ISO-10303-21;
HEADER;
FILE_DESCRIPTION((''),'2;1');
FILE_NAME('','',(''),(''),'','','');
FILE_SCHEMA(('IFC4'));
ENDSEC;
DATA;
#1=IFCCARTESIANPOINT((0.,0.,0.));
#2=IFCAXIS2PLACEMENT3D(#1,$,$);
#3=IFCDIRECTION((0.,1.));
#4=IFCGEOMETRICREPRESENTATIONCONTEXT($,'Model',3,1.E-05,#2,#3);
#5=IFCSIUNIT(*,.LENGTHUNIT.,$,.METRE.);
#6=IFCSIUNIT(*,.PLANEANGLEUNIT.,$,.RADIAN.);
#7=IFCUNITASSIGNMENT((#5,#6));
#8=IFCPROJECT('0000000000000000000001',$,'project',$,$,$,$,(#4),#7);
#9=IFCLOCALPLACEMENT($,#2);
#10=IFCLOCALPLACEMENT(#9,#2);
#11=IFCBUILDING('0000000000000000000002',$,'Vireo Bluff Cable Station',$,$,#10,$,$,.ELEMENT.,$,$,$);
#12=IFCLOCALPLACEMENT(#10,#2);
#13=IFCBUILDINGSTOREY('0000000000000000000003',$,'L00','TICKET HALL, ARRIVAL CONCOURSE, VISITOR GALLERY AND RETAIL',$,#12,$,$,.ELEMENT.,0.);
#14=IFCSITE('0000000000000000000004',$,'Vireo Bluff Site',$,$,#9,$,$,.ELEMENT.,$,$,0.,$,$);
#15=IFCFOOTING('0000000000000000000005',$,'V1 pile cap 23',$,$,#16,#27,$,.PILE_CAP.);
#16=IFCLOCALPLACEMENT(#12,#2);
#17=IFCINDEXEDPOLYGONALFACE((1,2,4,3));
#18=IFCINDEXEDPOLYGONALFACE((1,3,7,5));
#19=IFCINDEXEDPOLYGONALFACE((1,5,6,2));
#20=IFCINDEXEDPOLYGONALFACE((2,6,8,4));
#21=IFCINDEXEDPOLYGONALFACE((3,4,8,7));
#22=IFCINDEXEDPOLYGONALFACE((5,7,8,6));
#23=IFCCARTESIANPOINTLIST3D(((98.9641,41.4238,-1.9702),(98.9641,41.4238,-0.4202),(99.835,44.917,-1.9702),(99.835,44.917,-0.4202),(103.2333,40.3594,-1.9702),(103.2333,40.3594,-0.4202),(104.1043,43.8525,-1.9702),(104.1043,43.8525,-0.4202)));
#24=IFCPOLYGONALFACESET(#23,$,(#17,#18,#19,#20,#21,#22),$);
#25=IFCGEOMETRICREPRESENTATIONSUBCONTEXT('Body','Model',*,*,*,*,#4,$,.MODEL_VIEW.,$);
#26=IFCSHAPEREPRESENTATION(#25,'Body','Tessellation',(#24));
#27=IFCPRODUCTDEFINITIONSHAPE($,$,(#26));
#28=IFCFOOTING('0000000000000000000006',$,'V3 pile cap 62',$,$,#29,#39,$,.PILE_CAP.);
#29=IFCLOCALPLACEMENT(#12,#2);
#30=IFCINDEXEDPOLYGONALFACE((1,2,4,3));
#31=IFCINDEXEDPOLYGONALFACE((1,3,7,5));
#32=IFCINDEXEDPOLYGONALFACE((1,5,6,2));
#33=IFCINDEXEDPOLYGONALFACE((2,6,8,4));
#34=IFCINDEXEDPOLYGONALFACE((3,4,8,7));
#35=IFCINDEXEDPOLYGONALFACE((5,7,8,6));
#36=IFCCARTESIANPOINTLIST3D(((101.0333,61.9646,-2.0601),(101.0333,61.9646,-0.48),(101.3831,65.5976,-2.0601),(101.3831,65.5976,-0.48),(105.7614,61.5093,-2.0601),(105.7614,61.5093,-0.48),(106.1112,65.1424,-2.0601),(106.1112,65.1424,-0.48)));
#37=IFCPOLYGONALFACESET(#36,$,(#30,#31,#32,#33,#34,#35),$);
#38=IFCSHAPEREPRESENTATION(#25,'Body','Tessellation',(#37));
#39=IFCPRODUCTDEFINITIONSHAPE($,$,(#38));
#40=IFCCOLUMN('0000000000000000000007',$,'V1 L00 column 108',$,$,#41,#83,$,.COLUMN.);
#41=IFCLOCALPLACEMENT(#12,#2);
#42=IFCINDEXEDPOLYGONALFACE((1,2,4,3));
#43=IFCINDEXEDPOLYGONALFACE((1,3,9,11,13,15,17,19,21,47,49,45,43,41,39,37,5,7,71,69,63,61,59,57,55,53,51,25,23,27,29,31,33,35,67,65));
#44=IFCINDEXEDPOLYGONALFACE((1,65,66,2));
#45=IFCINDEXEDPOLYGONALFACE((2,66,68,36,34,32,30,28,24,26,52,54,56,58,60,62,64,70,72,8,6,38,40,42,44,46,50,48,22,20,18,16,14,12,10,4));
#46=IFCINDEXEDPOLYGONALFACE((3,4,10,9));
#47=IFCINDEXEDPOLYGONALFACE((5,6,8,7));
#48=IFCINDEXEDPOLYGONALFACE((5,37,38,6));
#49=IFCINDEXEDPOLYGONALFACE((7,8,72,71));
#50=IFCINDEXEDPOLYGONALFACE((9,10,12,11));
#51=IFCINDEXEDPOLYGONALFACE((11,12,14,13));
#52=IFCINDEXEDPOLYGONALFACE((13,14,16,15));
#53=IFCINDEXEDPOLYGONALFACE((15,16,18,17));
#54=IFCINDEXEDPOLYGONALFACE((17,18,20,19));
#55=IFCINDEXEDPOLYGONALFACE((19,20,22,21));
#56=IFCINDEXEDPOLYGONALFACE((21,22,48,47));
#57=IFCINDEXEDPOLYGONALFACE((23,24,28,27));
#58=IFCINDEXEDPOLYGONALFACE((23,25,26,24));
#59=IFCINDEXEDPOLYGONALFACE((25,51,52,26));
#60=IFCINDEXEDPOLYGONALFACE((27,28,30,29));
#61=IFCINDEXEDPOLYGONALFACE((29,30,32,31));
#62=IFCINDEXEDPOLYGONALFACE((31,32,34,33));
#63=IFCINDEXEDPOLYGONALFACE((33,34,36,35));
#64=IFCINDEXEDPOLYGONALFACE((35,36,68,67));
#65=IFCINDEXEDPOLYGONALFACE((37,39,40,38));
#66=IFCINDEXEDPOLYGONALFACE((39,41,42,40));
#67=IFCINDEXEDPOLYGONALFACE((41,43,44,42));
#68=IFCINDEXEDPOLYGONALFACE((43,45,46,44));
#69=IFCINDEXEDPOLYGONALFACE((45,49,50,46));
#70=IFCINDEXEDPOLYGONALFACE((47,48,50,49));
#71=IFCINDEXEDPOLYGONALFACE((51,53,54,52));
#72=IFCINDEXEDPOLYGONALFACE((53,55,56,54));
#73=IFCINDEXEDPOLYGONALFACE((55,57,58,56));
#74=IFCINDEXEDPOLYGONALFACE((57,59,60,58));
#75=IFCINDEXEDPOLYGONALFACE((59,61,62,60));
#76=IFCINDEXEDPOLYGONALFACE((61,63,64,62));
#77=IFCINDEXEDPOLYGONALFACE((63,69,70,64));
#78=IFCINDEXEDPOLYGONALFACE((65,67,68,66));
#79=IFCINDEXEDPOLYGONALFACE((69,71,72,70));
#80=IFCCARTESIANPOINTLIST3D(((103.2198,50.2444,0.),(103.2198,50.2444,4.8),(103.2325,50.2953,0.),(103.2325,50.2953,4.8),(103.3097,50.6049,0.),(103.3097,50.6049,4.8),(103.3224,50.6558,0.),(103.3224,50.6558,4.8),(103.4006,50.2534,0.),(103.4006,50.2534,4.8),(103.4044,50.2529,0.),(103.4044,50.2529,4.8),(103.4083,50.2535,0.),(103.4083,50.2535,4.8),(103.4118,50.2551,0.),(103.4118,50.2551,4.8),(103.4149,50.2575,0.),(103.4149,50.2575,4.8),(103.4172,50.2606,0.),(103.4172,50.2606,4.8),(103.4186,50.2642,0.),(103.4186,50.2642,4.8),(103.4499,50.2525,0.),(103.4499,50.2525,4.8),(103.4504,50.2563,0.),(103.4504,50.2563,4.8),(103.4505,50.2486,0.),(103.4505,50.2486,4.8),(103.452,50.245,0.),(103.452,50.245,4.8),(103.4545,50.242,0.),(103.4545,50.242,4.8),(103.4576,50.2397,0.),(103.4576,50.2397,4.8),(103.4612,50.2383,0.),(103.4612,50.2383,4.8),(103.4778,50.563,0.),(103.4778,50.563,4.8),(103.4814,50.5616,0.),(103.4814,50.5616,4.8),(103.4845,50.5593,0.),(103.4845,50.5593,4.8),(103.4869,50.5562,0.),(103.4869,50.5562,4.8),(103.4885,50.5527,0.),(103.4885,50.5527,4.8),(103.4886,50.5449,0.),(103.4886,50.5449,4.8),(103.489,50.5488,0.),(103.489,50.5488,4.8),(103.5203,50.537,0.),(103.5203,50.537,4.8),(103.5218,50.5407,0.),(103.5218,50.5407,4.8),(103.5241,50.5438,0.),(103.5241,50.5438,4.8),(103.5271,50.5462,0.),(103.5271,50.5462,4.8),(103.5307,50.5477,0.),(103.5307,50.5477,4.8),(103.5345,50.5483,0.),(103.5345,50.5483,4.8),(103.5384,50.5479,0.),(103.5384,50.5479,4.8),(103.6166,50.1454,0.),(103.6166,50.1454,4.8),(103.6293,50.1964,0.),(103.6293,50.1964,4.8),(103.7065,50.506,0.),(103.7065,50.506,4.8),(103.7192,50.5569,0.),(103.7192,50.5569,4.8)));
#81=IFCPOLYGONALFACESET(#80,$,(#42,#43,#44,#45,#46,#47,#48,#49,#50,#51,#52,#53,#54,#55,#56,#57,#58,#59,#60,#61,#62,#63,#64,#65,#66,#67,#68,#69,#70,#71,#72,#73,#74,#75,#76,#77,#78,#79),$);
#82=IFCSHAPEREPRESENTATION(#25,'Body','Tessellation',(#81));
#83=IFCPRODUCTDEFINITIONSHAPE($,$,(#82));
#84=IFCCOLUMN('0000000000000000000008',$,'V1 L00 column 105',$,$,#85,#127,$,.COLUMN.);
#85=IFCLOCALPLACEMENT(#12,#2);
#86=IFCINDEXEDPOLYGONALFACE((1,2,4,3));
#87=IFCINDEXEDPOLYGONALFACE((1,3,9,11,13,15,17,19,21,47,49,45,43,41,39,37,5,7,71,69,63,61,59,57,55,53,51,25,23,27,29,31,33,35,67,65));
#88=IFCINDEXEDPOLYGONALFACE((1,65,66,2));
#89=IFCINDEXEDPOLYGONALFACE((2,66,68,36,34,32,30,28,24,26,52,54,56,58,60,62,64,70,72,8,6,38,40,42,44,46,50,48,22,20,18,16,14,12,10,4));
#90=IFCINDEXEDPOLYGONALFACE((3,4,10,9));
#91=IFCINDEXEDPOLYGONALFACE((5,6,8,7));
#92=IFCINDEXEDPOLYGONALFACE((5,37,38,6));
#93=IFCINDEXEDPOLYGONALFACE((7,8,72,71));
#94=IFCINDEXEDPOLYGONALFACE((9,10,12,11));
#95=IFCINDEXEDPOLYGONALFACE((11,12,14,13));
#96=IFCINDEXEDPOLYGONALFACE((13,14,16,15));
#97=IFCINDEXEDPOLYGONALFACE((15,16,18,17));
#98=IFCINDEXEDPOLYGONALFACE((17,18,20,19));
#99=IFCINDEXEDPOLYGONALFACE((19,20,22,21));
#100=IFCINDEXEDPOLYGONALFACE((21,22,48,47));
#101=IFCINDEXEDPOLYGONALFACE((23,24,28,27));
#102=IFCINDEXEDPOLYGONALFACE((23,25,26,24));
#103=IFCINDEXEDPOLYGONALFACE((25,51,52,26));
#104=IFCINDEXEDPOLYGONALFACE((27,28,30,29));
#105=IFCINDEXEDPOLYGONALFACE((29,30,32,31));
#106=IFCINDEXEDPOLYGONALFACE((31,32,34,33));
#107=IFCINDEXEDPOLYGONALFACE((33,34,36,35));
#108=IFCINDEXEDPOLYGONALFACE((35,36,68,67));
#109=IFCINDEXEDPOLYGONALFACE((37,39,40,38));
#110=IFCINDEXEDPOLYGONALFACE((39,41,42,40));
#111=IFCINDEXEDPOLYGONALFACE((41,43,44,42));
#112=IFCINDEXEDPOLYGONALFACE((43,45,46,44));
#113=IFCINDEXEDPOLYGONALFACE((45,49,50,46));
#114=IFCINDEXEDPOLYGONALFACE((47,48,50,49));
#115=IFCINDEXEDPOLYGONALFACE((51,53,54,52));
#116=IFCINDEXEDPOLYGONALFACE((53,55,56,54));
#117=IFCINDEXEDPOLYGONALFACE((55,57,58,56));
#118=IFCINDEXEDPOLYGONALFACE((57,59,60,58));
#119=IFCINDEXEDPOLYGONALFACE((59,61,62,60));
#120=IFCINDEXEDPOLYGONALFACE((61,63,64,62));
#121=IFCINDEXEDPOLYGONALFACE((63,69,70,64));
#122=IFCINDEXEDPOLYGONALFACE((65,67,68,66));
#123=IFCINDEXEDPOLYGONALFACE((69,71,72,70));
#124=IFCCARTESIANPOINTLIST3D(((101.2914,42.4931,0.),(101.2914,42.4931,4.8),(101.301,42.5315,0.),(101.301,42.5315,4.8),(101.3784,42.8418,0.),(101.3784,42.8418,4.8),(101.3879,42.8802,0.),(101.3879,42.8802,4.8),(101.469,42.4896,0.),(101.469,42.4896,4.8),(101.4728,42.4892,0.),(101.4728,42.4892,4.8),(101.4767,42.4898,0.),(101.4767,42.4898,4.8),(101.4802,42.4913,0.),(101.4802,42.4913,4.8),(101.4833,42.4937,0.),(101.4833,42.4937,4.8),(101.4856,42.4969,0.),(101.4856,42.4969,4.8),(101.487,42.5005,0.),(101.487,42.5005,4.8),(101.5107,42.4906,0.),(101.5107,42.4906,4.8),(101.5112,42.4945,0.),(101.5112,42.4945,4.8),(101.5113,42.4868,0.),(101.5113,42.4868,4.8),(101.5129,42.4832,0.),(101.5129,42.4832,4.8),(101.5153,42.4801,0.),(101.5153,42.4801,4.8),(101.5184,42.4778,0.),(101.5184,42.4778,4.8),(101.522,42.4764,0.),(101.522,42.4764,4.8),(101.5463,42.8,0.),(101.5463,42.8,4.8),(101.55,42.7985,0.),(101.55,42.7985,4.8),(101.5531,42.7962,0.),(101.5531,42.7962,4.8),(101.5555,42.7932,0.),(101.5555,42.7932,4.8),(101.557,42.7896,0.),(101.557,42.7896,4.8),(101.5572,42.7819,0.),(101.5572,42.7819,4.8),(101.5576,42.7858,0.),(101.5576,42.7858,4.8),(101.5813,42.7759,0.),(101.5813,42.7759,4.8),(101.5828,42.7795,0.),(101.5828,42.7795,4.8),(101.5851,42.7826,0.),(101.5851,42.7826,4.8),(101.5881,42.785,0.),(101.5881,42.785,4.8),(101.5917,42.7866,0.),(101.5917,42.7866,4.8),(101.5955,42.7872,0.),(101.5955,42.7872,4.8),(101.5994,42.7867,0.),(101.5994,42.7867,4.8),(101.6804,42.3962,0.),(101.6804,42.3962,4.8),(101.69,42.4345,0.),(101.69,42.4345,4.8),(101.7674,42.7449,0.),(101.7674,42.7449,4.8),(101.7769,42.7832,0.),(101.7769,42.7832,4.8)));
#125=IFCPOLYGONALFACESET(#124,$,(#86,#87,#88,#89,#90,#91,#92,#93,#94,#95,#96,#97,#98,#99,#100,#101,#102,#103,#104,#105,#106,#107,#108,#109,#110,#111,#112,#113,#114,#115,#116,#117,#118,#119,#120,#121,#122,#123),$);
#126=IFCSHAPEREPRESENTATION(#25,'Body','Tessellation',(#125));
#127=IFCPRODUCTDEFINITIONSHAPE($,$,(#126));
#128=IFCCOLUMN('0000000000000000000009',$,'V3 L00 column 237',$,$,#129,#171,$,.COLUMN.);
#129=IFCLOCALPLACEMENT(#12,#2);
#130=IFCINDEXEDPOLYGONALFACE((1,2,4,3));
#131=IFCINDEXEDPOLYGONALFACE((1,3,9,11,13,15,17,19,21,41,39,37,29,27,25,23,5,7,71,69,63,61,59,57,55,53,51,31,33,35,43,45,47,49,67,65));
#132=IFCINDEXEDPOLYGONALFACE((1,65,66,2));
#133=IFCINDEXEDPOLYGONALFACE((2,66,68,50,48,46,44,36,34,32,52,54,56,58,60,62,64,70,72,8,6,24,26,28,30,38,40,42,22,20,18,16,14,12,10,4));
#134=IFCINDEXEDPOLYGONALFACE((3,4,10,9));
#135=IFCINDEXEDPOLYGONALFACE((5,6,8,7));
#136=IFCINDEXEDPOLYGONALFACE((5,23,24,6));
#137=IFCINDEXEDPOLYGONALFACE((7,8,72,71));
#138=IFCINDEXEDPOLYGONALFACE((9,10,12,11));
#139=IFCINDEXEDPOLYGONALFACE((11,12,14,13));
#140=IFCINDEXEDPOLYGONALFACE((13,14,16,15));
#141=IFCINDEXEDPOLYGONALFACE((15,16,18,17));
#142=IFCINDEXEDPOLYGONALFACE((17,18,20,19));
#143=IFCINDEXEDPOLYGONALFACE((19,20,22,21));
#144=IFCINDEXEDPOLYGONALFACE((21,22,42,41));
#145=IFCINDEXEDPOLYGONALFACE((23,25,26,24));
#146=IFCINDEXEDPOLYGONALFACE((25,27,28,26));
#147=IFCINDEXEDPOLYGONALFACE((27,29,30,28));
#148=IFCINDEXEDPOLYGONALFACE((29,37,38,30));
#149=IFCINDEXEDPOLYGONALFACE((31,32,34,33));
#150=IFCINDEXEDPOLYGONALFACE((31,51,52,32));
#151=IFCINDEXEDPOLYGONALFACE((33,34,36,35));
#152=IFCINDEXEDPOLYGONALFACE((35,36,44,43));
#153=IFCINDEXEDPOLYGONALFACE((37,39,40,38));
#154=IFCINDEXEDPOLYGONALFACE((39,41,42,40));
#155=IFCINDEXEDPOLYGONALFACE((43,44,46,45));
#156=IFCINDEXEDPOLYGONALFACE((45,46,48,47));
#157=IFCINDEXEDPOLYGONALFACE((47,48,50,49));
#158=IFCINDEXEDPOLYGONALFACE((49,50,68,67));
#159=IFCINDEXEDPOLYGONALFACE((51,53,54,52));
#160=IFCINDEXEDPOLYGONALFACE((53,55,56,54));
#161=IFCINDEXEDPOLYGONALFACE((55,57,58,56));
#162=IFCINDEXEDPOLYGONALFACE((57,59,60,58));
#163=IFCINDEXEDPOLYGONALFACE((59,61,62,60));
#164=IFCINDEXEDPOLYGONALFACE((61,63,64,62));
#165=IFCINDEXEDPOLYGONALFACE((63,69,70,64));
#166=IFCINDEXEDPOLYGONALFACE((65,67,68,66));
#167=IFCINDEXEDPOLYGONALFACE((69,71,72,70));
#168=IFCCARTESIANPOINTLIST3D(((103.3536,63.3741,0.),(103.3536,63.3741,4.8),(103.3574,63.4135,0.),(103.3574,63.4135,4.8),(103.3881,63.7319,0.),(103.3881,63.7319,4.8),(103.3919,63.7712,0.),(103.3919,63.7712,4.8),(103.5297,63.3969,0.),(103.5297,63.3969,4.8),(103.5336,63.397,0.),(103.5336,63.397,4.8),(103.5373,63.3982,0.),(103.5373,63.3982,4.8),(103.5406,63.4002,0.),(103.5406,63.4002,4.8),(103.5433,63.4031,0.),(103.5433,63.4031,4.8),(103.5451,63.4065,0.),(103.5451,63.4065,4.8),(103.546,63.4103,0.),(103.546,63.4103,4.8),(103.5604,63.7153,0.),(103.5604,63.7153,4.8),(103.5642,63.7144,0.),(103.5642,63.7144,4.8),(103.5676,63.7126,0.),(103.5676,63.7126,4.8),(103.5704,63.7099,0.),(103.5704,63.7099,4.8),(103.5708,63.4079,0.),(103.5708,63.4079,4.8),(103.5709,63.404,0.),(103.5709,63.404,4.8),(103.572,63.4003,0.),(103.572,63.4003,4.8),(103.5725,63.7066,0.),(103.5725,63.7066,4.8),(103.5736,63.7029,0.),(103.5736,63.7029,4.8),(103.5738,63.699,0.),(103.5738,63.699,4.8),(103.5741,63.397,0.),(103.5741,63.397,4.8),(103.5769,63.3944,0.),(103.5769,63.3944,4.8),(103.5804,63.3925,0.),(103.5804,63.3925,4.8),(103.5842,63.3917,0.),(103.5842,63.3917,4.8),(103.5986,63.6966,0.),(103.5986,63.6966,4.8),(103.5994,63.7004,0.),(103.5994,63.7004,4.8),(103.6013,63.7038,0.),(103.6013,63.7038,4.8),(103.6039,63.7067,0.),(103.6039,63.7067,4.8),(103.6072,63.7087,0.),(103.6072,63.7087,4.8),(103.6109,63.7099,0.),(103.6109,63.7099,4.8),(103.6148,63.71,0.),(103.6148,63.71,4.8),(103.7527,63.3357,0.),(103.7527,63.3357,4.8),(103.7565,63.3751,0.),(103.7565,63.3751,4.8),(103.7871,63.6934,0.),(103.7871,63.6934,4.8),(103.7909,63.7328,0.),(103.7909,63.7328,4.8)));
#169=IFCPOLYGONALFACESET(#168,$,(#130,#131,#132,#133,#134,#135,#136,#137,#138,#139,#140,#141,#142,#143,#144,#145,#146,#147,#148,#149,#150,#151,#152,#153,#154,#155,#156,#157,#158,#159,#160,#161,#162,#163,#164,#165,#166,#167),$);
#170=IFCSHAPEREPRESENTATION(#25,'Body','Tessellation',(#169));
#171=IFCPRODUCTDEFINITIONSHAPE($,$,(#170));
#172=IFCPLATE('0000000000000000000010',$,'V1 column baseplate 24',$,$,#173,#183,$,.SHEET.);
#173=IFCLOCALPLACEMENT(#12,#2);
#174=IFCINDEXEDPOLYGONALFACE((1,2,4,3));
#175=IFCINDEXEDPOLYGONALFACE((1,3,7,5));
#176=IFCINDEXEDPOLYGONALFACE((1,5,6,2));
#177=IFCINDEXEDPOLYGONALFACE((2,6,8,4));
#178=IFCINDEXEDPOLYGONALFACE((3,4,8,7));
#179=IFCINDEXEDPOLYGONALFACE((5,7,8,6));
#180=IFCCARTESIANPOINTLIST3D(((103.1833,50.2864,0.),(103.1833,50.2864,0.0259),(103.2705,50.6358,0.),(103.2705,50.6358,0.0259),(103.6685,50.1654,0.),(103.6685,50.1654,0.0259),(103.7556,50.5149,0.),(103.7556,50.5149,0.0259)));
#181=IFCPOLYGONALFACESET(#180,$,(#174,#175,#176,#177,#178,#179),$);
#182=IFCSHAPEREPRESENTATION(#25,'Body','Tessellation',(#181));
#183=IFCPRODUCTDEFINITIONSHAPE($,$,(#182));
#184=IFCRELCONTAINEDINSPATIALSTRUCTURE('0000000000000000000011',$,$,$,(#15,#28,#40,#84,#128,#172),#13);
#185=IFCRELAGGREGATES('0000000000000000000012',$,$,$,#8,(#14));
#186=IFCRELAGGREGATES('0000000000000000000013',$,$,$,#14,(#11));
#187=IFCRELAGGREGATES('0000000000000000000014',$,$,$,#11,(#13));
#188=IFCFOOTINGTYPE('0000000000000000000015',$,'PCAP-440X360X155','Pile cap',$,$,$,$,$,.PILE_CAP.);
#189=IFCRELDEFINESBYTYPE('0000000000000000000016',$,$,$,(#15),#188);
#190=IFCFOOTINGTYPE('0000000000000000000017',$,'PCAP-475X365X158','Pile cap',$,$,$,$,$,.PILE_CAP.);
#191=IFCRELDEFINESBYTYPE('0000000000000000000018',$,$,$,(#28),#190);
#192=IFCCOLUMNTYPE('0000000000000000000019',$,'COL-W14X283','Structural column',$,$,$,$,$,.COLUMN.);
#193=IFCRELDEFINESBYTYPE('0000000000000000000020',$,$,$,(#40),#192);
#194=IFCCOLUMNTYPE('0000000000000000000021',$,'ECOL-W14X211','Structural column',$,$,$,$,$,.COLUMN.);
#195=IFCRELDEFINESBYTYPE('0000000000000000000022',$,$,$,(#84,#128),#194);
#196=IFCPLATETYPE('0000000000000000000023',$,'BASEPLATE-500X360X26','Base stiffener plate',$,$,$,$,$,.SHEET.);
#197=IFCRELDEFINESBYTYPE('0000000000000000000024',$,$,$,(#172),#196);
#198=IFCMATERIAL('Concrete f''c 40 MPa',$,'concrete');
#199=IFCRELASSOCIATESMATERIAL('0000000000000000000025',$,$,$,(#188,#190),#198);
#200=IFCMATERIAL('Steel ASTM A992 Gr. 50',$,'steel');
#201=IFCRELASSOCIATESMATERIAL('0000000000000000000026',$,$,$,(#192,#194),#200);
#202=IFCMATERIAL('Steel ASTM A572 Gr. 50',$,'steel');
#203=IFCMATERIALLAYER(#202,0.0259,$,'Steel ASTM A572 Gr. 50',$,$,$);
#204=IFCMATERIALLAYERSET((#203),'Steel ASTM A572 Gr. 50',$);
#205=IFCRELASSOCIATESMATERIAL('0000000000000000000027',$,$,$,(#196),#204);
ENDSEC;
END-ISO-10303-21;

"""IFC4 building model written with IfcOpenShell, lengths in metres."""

from ifc_helpers import new_model, si_unit, direction, frame, origin, origin_2d, place, context, subcontext, project, spatial, rectangle, i_section, extrude, material, layer, layer_set, material_profile, profile_set, type_object, element, save


model = new_model("IFC4")

# Units and contexts
model_context = context("Model", 3, precision=1e-05, world=origin(), true_north=direction((0.0, 1.0)))
body_context = subcontext(model_context, "Body", "Model", "MODEL_VIEW")
ifc_project = project(units=[si_unit("LENGTHUNIT", "METRE"), si_unit("PLANEANGLEUNIT", "RADIAN")], contexts=[model_context])

# Site, building, storey
site_placement = place(None, origin())
site = spatial("IfcSite", under=ifc_project, at=site_placement, Name="Vireo Bluff Site", CompositionType="ELEMENT", RefElevation=0.0)
building_placement = place(site_placement, origin())
building = spatial("IfcBuilding", under=site, at=building_placement, Name="Vireo Bluff Cable Station", CompositionType="ELEMENT")
storey_placement = place(building_placement, origin())
storey = spatial("IfcBuildingStorey", under=building, at=storey_placement, Name="L00", Description="TICKET HALL, ARRIVAL CONCOURSE, VISITOR GALLERY AND RETAIL", CompositionType="ELEMENT", Elevation=0.0)

# Footings
ifc_material_1 = material(Name="Concrete f'c 40 MPa", Category="concrete")
footing_type_1 = type_object("IfcFootingType", Name="PCAP-440X360X155", Description="Pile cap", PredefinedType="PILE_CAP", material=ifc_material_1)
footing_1_placement = place(storey_placement, frame((101.5342, 42.6382, -1.9702), z_axis=(0.0, 0.0, 1.0), x_axis=(0.970296, -0.241922, 0.0)))
element("IfcFooting", 1, at=footing_1_placement, inside=storey, type_object=footing_type_1, Name="V1 pile cap 23", PredefinedType="PILE_CAP", context=body_context, shape_type="SweptSolid", body=[
    extrude(rectangle(XDim=4.3999, YDim=3.6001, at=origin_2d()), origin(), (0.0, 0.0, 1.0), 1.55),
])
footing_type_2 = type_object("IfcFootingType", Name="PCAP-475X365X158", Description="Pile cap", PredefinedType="PILE_CAP", material=ifc_material_1)
footing_2_placement = place(storey_placement, frame((103.5723, 63.5535, -2.0601), z_axis=(0.0, 0.0, 1.0), x_axis=(0.995396, -0.095846, 0.0)))
element("IfcFooting", 2, at=footing_2_placement, inside=storey, type_object=footing_type_2, Name="V3 pile cap 62", PredefinedType="PILE_CAP", context=body_context, shape_type="SweptSolid", body=[
    extrude(rectangle(XDim=4.75, YDim=3.6499, at=origin_2d()), origin(), (0.0, 0.0, 1.0), 1.5801),
])

# Columns
ifc_material_2 = material(Name="Steel ASTM A992 Gr. 50", Category="steel")
ifc_material_profile_1 = material_profile(ifc_material_2, i_section(OverallWidth=0.4089, OverallDepth=0.4241, WebThickness=0.0327, FlangeThickness=0.0525, FilletRadius=0.0149, at=origin_2d()), Name="W14X283")
ifc_profile_set_1 = profile_set([ifc_material_profile_1], Name="Steel ASTM A992 Gr. 50")
column_type_1 = type_object("IfcColumnType", Name="COL-W14X283", Description="Structural column", PredefinedType="COLUMN", material=ifc_profile_set_1)
column_placement = place(storey_placement, frame((103.4695, 50.4006, 0.0), z_axis=(0.0, 0.0, 1.0), x_axis=(0.970296, -0.241922, 0.0)))
element("IfcColumn", 3, at=column_placement, inside=storey, type_object=column_type_1, Name="V1 L00 column 108", PredefinedType="COLUMN", context=body_context, shape_type="SweptSolid", body=[
    extrude(i_section(OverallWidth=0.4089, OverallDepth=0.4241, WebThickness=0.0327, FlangeThickness=0.0525, FilletRadius=0.0149, at=origin_2d()), origin(), (0.0, 0.0, 1.0), 4.8),
])
ifc_material_profile_2 = material_profile(ifc_material_2, i_section(OverallWidth=0.4009, OverallDepth=0.3989, WebThickness=0.0249, FlangeThickness=0.0396, FilletRadius=0.0149, at=origin_2d()), Name="W14X211")
ifc_profile_set_2 = profile_set([ifc_material_profile_2], Name="Steel ASTM A992 Gr. 50")
column_type_2 = type_object("IfcColumnType", Name="ECOL-W14X211", Description="Structural column", PredefinedType="COLUMN", material=ifc_profile_set_2)
for number, where, z_axis, x_axis, name in (
    (4, (101.5342, 42.6382, 0.0), (0.0, 0.0, 1.0), (0.970296, -0.241922, 0.0), "V1 L00 column 105"),
    (5, (103.5723, 63.5535, 0.0), (0.0, 0.0, 1.0), (0.995396, -0.095846, 0.0), "V3 L00 column 237"),
):
    element("IfcColumn", number, at=place(storey_placement, frame(where, z_axis=z_axis, x_axis=x_axis)), inside=storey, type_object=column_type_2, Name=name, PredefinedType="COLUMN", context=body_context, shape_type="SweptSolid", body=[
        extrude(i_section(OverallWidth=0.4009, OverallDepth=0.3989, WebThickness=0.0249, FlangeThickness=0.0396, FilletRadius=0.0149, at=origin_2d()), origin(), (0.0, 0.0, 1.0), 4.8),
    ])

# Plate
ifc_material_3 = material(Name="Steel ASTM A572 Gr. 50", Category="steel")
ifc_layer_1 = layer(ifc_material_3, 0.0259, Name="Steel ASTM A572 Gr. 50")
ifc_layer_set_1 = layer_set([ifc_layer_1], Name="Steel ASTM A572 Gr. 50")
plate_type_1 = type_object("IfcPlateType", Name="BASEPLATE-500X360X26", Description="Base stiffener plate", PredefinedType="SHEET", material=ifc_layer_set_1)
plate_1_placement = place(storey_placement, frame((103.4695, 50.4006, 0.0), z_axis=(0.0, 0.0, 1.0), x_axis=(0.970296, -0.241922, 0.0)))
element("IfcPlate", 6, at=plate_1_placement, inside=storey, type_object=plate_type_1, Name="V1 column baseplate 24", PredefinedType="SHEET", context=body_context, shape_type="SweptSolid", body=[
    extrude(rectangle(XDim=0.5, YDim=0.3601, at=origin_2d()), origin(), (0.0, 0.0, 1.0), 0.0259),
])

save(model, "model.ifc")
